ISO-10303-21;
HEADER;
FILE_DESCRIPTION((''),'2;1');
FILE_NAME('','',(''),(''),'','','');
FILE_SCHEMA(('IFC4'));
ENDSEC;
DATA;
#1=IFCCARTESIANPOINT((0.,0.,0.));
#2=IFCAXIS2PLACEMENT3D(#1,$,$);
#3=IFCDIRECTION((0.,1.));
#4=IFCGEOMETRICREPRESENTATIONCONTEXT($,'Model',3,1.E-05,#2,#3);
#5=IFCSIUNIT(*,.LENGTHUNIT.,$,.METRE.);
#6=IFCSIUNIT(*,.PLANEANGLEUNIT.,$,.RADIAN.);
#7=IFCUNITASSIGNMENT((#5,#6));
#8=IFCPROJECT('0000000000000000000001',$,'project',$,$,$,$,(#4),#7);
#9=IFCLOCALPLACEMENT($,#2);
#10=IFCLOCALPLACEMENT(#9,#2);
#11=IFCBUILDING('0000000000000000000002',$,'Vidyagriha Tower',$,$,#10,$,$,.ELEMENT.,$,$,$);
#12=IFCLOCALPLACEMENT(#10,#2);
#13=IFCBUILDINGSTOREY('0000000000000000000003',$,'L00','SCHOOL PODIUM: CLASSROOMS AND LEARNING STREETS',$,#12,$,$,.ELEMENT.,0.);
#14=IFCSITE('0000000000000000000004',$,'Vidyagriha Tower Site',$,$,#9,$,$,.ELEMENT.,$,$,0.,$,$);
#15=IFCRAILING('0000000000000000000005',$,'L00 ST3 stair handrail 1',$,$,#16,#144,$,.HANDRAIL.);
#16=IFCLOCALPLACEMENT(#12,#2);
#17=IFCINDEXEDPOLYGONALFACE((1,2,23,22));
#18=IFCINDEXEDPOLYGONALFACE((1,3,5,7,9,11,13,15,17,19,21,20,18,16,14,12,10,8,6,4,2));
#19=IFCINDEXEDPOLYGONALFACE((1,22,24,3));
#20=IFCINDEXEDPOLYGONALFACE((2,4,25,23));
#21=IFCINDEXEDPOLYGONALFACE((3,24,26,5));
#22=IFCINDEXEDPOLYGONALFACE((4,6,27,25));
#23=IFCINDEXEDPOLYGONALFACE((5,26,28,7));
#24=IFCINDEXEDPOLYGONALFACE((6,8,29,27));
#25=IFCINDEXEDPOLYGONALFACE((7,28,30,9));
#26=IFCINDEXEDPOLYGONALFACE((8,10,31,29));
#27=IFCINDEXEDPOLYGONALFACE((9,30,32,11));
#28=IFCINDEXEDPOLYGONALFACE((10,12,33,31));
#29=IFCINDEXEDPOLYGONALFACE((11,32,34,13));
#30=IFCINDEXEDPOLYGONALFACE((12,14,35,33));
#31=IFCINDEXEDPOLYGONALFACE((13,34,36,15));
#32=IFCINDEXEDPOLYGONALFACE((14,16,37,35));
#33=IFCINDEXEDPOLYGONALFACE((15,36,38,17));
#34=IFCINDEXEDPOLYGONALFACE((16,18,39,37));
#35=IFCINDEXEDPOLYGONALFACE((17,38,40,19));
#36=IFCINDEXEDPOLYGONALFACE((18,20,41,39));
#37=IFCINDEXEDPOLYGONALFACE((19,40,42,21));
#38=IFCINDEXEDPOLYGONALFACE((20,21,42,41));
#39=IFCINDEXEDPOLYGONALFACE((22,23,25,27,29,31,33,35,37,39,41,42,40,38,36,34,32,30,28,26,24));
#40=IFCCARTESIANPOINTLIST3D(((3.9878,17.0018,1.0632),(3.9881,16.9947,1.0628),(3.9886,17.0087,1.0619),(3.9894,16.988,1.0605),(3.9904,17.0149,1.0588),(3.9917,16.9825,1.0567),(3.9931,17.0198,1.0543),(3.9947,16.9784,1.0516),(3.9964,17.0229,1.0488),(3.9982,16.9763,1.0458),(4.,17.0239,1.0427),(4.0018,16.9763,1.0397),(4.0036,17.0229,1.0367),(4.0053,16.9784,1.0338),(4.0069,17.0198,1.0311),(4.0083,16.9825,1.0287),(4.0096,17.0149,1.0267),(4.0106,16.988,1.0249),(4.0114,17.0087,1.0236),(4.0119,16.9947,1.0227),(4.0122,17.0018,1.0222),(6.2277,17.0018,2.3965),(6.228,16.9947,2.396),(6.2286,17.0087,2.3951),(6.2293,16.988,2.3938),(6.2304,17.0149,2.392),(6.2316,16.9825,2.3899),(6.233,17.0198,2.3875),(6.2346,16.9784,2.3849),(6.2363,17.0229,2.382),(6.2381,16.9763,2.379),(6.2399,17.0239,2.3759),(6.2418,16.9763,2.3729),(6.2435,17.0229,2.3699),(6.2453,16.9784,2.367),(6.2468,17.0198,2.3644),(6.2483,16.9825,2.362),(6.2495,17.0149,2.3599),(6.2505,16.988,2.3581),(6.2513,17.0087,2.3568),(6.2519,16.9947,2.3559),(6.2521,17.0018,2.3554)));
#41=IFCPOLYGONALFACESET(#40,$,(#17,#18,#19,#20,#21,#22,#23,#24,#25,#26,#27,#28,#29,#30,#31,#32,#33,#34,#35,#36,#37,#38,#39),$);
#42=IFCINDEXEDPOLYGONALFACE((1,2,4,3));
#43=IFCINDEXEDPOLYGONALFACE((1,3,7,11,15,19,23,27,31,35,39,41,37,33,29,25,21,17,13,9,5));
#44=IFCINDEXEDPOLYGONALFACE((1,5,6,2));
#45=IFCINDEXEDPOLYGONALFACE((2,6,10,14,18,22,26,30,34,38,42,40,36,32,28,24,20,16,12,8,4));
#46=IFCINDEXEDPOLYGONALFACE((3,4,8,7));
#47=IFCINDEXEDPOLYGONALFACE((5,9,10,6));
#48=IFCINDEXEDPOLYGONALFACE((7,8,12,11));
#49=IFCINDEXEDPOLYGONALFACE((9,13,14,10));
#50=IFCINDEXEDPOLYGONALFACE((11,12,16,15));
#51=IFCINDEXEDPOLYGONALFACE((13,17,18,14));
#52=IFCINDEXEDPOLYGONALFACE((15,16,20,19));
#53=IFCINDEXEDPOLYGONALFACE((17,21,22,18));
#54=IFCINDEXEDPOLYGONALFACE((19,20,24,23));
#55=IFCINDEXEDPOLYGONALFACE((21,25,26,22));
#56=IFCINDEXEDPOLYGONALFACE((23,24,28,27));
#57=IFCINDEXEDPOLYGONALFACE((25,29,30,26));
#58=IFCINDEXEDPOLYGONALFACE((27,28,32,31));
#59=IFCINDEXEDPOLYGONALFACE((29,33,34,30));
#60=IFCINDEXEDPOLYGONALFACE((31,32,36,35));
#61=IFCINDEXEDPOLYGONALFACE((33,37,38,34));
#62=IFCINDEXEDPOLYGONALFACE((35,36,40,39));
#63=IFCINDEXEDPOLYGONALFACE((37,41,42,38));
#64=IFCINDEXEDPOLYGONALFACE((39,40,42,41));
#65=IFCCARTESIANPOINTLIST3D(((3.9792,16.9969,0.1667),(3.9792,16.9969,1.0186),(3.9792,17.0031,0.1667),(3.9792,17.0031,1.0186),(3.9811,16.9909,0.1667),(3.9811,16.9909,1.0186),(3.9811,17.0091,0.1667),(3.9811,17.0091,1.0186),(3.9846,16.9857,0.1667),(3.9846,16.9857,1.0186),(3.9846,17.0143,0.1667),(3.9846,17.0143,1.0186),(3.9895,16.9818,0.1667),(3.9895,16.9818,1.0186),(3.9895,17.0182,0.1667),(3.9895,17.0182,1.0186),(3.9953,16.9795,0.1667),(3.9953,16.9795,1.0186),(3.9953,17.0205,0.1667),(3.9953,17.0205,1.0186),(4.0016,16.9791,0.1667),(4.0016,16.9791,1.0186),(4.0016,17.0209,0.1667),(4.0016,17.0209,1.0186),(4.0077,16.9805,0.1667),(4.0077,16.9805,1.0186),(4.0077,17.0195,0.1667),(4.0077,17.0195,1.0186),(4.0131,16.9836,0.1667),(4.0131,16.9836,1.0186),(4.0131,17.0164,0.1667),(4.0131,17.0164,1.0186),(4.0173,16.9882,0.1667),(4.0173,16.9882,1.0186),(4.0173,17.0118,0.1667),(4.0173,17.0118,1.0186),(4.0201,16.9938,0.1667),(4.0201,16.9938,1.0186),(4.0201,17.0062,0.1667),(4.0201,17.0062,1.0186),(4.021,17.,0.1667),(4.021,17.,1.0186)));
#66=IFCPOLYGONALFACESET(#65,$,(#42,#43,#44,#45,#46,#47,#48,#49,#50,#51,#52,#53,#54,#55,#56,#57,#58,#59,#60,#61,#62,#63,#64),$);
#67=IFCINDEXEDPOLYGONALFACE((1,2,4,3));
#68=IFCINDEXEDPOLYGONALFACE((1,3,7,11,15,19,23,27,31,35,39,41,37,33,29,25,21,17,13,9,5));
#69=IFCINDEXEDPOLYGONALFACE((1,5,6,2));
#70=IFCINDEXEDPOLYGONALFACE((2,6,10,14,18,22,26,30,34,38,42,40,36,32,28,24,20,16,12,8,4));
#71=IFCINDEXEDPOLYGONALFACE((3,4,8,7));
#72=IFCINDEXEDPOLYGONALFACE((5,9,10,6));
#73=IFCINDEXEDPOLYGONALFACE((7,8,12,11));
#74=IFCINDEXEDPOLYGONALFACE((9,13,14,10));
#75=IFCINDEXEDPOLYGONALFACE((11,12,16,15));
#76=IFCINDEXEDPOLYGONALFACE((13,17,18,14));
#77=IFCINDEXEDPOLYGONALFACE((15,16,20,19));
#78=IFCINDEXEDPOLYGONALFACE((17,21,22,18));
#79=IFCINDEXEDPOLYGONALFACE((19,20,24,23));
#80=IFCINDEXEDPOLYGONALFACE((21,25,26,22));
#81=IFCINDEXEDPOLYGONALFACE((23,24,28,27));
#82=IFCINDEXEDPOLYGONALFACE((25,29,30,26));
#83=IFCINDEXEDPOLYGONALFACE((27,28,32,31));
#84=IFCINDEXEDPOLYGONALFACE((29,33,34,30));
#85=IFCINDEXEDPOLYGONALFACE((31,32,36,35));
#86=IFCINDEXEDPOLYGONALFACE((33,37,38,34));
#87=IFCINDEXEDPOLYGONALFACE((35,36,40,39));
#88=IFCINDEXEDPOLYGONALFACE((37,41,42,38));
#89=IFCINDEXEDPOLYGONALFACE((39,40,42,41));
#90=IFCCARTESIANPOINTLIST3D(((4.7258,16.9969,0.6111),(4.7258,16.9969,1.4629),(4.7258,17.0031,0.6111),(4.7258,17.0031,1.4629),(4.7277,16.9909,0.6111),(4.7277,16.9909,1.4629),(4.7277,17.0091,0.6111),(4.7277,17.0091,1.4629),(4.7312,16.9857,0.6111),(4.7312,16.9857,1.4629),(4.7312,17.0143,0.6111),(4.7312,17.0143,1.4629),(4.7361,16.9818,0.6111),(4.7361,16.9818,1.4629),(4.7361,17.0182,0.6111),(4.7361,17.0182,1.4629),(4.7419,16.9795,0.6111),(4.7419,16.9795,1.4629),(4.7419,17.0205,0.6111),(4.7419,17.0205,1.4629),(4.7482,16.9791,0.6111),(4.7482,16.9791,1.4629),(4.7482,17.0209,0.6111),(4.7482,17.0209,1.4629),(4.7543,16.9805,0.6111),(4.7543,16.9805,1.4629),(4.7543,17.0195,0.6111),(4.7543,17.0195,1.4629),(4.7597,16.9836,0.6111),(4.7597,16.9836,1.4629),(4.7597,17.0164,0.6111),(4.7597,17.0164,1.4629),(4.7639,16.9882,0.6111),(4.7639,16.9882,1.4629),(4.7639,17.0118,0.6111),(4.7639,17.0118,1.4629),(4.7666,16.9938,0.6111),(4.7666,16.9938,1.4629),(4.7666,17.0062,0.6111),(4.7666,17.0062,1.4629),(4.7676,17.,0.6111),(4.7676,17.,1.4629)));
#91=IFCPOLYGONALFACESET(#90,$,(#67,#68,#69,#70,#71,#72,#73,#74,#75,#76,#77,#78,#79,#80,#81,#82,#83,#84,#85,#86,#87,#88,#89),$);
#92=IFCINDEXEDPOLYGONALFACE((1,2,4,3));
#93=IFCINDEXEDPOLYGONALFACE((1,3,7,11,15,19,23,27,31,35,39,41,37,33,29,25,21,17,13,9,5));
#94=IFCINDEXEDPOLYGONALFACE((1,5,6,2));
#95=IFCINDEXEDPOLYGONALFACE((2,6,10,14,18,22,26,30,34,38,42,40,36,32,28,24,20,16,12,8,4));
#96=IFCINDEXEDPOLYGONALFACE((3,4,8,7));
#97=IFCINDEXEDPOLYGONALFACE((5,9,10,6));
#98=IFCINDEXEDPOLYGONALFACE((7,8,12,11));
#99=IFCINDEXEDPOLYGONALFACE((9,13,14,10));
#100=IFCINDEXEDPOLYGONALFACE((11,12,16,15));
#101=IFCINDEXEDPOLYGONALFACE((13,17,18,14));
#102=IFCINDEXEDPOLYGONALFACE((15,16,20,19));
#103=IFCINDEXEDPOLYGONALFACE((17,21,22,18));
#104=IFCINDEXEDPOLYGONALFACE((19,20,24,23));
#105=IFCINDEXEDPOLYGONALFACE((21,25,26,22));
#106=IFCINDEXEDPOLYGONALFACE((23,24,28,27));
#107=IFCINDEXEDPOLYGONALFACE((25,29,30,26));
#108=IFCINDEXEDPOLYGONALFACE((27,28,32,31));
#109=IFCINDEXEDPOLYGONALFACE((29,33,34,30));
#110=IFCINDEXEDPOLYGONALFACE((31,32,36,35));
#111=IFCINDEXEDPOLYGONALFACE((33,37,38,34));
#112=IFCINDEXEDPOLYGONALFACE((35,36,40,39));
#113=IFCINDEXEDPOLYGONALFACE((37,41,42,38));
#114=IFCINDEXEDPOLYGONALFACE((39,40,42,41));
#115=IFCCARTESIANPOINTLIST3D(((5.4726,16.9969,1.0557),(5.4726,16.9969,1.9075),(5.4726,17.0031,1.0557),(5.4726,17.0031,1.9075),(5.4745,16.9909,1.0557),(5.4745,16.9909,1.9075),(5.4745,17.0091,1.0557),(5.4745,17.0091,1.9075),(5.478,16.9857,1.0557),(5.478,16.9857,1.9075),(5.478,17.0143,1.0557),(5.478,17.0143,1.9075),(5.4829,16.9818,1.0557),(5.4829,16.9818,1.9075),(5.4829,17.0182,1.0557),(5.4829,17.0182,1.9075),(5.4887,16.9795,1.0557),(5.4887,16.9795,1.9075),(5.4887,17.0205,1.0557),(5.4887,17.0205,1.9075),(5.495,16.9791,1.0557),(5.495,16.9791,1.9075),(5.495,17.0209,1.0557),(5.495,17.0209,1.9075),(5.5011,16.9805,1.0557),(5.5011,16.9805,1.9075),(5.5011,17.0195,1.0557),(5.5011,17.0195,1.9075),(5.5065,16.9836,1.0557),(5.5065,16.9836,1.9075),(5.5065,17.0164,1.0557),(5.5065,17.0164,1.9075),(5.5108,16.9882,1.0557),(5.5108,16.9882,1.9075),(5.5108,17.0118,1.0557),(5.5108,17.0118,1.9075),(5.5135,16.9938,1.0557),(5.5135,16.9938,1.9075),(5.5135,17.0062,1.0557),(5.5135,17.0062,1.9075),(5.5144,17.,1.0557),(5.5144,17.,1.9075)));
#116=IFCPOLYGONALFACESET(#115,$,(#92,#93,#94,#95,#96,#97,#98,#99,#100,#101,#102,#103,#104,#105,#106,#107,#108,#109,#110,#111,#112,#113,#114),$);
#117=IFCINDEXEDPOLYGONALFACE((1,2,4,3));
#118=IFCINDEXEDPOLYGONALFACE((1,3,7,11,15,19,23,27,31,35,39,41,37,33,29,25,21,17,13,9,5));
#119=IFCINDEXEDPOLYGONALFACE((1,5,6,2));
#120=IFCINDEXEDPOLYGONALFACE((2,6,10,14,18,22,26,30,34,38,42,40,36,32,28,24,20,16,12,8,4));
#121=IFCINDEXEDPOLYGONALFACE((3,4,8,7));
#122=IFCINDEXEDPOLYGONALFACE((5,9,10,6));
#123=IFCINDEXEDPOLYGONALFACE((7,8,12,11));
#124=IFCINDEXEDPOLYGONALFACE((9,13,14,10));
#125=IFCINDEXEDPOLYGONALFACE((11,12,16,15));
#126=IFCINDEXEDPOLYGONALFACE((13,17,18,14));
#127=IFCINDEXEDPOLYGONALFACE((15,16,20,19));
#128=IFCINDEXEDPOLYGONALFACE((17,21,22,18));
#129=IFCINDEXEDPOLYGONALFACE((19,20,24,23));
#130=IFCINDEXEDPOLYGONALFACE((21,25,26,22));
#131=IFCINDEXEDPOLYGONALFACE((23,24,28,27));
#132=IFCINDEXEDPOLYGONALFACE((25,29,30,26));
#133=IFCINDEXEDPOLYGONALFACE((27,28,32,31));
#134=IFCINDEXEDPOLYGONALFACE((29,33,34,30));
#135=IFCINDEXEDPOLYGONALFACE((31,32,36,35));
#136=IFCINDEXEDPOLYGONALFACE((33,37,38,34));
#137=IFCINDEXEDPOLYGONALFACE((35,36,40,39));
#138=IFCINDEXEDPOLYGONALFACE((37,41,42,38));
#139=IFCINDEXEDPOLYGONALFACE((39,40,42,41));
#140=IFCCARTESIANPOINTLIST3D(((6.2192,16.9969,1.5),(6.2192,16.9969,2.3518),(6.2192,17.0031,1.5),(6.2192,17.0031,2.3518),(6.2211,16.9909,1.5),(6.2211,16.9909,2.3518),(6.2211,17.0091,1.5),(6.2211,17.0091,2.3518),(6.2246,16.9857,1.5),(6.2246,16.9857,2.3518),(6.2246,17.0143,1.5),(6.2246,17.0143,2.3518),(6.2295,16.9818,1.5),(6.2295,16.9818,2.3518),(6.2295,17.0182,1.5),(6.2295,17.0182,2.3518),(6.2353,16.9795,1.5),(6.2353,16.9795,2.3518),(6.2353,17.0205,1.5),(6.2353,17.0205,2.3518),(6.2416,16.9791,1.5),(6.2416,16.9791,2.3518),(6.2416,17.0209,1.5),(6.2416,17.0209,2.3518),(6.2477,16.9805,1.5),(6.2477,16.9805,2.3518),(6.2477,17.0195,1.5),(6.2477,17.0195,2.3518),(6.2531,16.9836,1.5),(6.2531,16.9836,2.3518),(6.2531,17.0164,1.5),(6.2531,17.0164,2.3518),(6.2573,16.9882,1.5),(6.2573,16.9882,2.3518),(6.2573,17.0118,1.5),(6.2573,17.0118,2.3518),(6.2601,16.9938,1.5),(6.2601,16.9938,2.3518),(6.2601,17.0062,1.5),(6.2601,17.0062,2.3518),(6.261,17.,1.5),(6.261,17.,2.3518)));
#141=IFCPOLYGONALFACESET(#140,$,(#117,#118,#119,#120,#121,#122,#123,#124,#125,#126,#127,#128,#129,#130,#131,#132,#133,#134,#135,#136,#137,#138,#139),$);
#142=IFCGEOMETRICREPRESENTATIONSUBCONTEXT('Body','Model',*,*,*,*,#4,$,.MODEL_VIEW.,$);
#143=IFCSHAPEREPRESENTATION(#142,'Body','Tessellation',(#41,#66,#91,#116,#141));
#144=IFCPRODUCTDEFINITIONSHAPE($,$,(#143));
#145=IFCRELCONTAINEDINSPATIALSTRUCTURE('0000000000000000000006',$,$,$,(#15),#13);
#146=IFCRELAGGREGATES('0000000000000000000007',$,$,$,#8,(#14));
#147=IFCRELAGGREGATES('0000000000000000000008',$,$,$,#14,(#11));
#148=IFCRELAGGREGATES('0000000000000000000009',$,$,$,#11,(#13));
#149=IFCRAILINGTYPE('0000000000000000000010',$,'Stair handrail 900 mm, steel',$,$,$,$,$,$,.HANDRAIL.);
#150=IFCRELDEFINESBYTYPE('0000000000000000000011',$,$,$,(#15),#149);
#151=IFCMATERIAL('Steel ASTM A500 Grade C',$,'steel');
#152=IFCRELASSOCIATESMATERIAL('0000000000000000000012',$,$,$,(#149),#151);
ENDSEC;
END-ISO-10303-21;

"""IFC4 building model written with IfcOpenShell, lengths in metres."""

from ifc_helpers import new_model, si_unit, direction, frame, origin, origin_2d, place, context, subcontext, project, spatial, circle, extrude, material, type_object, element, save


model = new_model("IFC4")

# Units and contexts
model_context = context("Model", 3, precision=1e-05, world=origin(), true_north=direction((0.0, 1.0)))
body_context = subcontext(model_context, "Body", "Model", "MODEL_VIEW")
ifc_project = project(units=[si_unit("LENGTHUNIT", "METRE"), si_unit("PLANEANGLEUNIT", "RADIAN")], contexts=[model_context])

# Site, building, storey
site_placement = place(None, origin())
site = spatial("IfcSite", under=ifc_project, at=site_placement, Name="Vidyagriha Tower Site", CompositionType="ELEMENT", RefElevation=0.0)
building_placement = place(site_placement, origin())
building = spatial("IfcBuilding", under=site, at=building_placement, Name="Vidyagriha Tower", CompositionType="ELEMENT")
storey_placement = place(building_placement, origin())
storey = spatial("IfcBuildingStorey", under=building, at=storey_placement, Name="L00", Description="SCHOOL PODIUM: CLASSROOMS AND LEARNING STREETS", CompositionType="ELEMENT", Elevation=0.0)

# Railing
ifc_material_1 = material(Name="Steel ASTM A500 Grade C", Category="steel")
railing_type_1 = type_object("IfcRailingType", Name="Stair handrail 900 mm, steel", PredefinedType="HANDRAIL", material=ifc_material_1)
for number, where, name in (
    (1, (4.0, 17.0, 0.1667), "L00 ST3 stair handrail 1"),
):
    element("IfcRailing", number, at=place(storey_placement, frame(where)), inside=storey, type_object=railing_type_1, Name=name, PredefinedType="HANDRAIL", context=body_context, shape_type="SweptSolid", body=[
        extrude(circle(Radius=0.0239, at=origin_2d()), frame((0.0, 0.0, 0.876), z_axis=(0.859306, 0.0, 0.511462), x_axis=(0.0, 1.0, 0.0)), (0.0, 0.0, 1.0), 2.6067),
        extrude(circle(Radius=0.021, at=origin_2d()), origin(), (0.0, 0.0, 1.0), 0.8518),
        extrude(circle(Radius=0.021, at=origin_2d()), frame((0.7466, 0.0, 0.4443)), (0.0, 0.0, 1.0), 0.8518),
        extrude(circle(Radius=0.021, at=origin_2d()), frame((1.4934, 0.0, 0.8889)), (0.0, 0.0, 1.0), 0.8518),
        extrude(circle(Radius=0.021, at=origin_2d()), frame((2.24, 0.0, 1.3333)), (0.0, 0.0, 1.0), 0.8518),
    ])

save(model, "model.ifc")
